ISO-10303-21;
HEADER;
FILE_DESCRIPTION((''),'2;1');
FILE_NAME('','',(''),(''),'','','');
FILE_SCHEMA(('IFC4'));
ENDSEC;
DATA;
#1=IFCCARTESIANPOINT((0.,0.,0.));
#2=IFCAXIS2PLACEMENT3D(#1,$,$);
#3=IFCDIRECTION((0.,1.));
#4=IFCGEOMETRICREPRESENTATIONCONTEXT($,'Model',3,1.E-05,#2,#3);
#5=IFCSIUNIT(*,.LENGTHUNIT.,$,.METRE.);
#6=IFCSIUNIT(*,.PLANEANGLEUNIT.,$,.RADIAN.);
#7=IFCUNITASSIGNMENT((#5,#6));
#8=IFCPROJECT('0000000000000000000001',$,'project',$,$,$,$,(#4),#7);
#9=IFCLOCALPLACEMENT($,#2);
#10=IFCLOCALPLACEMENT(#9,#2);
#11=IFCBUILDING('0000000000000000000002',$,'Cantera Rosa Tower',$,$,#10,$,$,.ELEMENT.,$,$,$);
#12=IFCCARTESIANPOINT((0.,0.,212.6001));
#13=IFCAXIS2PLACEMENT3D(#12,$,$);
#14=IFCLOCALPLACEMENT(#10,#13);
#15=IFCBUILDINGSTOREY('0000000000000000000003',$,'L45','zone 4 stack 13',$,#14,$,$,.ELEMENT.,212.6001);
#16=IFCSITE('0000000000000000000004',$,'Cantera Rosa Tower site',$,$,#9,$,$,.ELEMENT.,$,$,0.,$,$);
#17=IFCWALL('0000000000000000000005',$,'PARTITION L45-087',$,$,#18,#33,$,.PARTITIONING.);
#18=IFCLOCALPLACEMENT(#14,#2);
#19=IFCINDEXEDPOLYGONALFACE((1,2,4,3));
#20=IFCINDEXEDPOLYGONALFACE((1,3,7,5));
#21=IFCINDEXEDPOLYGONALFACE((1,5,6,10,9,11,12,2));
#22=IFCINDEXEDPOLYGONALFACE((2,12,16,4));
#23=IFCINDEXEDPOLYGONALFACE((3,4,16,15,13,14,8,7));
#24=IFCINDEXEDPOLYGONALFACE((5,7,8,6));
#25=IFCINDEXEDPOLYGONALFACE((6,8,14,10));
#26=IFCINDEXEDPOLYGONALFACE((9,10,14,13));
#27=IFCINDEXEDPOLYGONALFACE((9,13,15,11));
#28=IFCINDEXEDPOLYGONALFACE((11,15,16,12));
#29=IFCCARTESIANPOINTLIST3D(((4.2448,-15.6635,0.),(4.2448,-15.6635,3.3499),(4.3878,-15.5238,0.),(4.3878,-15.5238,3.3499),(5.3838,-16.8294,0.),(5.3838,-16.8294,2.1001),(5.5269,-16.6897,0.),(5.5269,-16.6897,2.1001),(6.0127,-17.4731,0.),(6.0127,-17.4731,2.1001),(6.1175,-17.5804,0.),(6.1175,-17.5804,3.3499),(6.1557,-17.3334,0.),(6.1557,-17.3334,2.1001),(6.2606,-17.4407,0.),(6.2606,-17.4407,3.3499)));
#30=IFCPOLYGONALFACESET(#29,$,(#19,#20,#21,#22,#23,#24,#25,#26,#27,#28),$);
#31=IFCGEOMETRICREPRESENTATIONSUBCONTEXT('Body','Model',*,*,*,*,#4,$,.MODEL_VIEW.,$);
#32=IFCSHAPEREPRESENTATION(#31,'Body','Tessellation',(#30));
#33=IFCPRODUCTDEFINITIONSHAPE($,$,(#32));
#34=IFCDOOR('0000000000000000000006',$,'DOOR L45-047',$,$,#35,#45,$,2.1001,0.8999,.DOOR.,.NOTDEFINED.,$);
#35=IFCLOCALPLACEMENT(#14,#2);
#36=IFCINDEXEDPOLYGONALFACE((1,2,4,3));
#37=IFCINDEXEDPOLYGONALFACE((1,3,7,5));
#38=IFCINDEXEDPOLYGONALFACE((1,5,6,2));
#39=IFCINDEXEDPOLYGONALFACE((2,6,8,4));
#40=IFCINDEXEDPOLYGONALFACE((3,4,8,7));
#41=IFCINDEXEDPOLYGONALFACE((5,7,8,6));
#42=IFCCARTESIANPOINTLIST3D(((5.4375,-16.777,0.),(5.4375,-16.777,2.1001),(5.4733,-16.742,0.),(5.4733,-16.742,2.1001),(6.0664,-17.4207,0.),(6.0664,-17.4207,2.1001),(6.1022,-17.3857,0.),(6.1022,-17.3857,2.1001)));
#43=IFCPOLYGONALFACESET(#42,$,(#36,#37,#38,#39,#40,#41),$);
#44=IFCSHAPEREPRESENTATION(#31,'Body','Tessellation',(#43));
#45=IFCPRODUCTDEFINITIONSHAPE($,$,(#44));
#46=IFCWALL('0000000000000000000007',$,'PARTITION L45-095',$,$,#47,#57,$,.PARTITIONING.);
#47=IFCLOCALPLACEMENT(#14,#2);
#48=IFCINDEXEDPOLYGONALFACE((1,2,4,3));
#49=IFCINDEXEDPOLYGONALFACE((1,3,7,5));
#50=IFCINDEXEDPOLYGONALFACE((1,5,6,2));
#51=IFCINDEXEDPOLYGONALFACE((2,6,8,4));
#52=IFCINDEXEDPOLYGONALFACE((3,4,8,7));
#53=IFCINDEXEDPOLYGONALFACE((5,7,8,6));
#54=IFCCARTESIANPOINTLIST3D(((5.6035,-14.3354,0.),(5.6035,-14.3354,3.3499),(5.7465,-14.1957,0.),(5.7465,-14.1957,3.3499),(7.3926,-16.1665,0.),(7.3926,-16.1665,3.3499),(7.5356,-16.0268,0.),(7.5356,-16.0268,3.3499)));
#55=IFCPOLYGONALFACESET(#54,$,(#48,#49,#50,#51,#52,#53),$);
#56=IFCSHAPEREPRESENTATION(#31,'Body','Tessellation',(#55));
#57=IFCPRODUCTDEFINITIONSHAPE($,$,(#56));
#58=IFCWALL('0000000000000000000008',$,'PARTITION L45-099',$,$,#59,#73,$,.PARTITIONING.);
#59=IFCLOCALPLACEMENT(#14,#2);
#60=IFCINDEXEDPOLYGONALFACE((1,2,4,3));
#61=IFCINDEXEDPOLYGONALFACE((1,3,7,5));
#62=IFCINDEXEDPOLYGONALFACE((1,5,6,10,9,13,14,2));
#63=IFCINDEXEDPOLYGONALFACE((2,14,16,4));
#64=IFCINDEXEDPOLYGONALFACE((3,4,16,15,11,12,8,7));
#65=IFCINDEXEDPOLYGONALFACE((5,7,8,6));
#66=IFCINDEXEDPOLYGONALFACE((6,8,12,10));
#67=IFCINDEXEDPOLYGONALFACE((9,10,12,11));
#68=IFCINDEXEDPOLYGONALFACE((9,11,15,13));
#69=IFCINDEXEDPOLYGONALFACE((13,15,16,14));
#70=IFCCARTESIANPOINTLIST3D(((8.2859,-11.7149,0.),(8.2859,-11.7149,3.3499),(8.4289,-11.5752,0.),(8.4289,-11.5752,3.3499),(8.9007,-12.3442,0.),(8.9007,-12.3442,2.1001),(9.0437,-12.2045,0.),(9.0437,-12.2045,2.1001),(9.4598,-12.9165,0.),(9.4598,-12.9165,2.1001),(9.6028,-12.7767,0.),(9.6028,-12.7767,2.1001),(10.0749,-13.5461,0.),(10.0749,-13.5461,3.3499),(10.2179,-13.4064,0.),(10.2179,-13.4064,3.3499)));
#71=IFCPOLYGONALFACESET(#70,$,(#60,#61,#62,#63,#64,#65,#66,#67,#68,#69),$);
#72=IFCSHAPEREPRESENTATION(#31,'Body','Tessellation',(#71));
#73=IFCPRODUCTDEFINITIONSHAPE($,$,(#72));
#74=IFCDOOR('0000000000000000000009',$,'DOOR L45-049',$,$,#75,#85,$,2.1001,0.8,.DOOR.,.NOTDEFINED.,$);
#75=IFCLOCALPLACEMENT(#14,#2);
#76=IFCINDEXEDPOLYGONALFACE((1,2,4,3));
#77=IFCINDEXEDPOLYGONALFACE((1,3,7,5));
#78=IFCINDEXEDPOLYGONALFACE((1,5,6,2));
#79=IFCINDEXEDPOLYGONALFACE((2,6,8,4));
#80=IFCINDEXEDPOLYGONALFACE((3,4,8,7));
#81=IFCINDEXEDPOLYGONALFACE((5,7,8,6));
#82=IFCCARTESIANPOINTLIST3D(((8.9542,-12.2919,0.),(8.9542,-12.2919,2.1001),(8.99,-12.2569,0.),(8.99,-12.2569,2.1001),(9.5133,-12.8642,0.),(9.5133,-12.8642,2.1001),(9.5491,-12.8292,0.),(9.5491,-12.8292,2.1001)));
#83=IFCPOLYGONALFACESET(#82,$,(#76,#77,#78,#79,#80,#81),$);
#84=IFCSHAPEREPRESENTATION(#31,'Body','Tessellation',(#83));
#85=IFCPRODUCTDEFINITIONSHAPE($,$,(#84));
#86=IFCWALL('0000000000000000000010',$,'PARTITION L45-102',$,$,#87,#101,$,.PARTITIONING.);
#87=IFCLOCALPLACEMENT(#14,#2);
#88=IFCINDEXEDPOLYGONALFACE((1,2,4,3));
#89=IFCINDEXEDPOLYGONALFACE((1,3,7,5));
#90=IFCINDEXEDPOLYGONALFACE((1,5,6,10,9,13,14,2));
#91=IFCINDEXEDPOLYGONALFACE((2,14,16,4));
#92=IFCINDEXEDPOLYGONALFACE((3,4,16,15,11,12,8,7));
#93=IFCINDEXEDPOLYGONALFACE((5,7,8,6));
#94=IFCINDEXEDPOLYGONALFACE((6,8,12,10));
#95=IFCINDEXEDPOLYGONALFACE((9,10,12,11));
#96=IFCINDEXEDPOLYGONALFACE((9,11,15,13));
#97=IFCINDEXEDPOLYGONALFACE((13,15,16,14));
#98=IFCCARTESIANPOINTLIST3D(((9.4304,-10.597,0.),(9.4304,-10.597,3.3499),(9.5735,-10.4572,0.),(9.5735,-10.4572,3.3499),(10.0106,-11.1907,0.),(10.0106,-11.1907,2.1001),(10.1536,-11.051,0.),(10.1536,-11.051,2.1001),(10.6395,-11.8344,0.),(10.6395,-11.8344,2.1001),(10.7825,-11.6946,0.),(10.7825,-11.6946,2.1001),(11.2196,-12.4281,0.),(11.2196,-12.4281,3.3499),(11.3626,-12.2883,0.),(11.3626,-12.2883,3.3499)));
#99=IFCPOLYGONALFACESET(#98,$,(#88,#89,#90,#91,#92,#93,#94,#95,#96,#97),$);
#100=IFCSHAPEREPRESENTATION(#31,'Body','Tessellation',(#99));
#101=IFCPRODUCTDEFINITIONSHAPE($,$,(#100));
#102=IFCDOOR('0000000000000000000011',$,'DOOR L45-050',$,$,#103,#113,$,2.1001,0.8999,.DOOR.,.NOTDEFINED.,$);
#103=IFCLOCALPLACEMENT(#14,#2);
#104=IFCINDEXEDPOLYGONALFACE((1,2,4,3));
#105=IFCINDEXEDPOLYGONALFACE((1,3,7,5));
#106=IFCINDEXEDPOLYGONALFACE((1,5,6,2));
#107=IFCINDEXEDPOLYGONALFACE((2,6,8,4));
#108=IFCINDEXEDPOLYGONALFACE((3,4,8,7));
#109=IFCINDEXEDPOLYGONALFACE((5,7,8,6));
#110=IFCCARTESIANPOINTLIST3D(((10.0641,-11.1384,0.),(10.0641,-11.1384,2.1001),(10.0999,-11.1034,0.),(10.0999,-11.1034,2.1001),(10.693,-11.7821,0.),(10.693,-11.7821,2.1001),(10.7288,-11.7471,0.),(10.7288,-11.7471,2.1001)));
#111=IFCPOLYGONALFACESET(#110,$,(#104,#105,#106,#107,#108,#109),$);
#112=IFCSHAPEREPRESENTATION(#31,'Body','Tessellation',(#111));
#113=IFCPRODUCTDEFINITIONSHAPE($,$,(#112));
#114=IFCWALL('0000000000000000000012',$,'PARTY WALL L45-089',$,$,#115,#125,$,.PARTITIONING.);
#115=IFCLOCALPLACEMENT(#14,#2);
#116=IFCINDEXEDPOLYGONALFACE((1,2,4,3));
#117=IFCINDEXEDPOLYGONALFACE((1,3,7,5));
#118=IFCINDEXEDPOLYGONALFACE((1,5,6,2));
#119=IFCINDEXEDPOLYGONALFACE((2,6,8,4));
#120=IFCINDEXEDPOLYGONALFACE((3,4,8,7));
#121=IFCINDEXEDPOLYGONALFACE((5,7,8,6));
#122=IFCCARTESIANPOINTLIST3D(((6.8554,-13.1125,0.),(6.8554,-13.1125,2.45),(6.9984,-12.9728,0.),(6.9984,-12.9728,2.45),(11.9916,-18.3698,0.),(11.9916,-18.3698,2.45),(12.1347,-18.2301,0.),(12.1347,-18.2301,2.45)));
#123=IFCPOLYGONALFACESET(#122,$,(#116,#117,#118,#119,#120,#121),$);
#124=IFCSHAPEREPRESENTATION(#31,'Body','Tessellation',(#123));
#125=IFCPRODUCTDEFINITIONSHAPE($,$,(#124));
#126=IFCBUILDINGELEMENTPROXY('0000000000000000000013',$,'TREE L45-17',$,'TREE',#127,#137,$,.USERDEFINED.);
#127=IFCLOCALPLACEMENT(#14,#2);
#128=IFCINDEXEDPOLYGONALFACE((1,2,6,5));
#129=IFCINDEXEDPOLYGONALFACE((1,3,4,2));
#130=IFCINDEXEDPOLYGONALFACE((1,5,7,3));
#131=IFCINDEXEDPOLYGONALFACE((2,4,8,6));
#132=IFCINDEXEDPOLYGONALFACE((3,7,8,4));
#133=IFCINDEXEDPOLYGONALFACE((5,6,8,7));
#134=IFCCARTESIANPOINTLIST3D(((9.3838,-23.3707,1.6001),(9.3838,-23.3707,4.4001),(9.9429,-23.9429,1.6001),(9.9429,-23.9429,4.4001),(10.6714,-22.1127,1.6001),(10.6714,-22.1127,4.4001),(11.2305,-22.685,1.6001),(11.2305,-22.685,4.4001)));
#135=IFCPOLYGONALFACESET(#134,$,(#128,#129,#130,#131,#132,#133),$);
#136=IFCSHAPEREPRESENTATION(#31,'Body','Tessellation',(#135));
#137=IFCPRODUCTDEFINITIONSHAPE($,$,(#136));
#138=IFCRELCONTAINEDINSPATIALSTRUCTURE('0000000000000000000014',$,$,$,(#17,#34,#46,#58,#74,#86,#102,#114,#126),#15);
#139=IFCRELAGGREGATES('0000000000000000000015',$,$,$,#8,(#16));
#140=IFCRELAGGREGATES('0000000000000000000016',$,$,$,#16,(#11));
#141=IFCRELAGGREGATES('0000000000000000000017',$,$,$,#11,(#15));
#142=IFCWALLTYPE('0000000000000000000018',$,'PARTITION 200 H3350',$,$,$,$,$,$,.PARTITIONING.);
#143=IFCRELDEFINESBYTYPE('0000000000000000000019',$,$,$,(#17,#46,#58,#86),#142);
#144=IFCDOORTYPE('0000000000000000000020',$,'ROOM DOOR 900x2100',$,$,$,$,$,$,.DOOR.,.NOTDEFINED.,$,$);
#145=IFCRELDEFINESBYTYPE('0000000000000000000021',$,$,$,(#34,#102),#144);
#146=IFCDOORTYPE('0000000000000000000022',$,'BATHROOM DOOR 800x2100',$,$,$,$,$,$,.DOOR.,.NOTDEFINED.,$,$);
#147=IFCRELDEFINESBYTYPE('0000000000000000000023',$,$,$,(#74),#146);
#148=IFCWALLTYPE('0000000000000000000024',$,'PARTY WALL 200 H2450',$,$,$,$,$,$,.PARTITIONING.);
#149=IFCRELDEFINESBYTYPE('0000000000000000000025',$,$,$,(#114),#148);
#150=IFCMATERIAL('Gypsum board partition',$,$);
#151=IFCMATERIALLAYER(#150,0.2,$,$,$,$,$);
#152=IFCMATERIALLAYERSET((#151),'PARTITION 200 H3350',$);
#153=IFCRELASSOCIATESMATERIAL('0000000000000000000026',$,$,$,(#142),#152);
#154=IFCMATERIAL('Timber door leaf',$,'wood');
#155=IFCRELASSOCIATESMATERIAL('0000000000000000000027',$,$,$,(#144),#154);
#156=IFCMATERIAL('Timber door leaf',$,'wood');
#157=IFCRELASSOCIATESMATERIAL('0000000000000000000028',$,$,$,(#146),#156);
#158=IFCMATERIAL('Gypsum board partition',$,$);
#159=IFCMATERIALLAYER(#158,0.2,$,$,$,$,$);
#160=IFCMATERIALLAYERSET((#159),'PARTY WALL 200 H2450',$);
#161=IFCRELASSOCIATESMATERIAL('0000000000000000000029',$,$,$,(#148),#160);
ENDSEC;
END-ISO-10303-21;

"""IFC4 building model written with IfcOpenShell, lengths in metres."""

from ifc_helpers import new_model, si_unit, direction, frame, frame_2d, origin, origin_2d, place, context, subcontext, project, spatial, rectangle, extrude, material, layer, layer_set, type_object, element, fill, save


model = new_model("IFC4")

# Units and contexts
model_context = context("Model", 3, precision=1e-05, world=origin(), true_north=direction((0.0, 1.0)))
body_context = subcontext(model_context, "Body", "Model", "MODEL_VIEW")
ifc_project = project(units=[si_unit("LENGTHUNIT", "METRE"), si_unit("PLANEANGLEUNIT", "RADIAN")], contexts=[model_context])

# Site, building, storey
site_placement = place(None, origin())
site = spatial("IfcSite", under=ifc_project, at=site_placement, Name="Cantera Rosa Tower site", CompositionType="ELEMENT", RefElevation=0.0)
building_placement = place(site_placement, origin())
building = spatial("IfcBuilding", under=site, at=building_placement, Name="Cantera Rosa Tower", CompositionType="ELEMENT")
storey_placement = place(building_placement, frame((0.0, 0.0, 212.6001)))
storey = spatial("IfcBuildingStorey", under=building, at=storey_placement, Name="L45", Description="zone 4 stack 13", CompositionType="ELEMENT", Elevation=212.6001)

# Wall, opening, door
ifc_material_1 = material(Name="Gypsum board partition")
ifc_layer_1 = layer(ifc_material_1, 0.2)
ifc_layer_set_1 = layer_set([ifc_layer_1], Name="PARTITION 200 H3350")
wall_type_1 = type_object("IfcWallType", Name="PARTITION 200 H3350", PredefinedType="PARTITIONING", material=ifc_layer_set_1)
wall_1_placement = place(storey_placement, frame((6.189, -17.5105, 0.0), z_axis=(0.0, 0.0, 1.0), x_axis=(-0.698814, 0.715303, 0.0)))
wall_1 = element("IfcWall", 1, at=wall_1_placement, inside=storey, type_object=wall_type_1, Name="PARTITION L45-087", PredefinedType="PARTITIONING", context=body_context, shape_type="SweptSolid", body=[
    extrude(rectangle(XDim=2.6799, YDim=0.2, at=frame_2d((1.3398, 0.0))), origin(), (0.0, 0.0, 1.0), 3.3499),
])
opening_1_placement = place(wall_1_placement, frame((0.1499, 0.0, 0.0)))
opening_1 = element("IfcOpeningElement", 2, at=opening_1_placement, cuts=wall_1, PredefinedType="OPENING", context=body_context, shape_type="SweptSolid", body=[
    extrude(rectangle(XDim=0.8999, YDim=2.1001, at=frame_2d((0.45, 1.05))), frame((0.0, 0.1099, 0.0), z_axis=(0.0, -1.0, 0.0), x_axis=(1.0, 0.0, 0.0)), (0.0, 0.0, 1.0), 0.22),
])
ifc_material_2 = material(Name="Timber door leaf", Category="wood")
door_type_1 = type_object("IfcDoorType", Name="ROOM DOOR 900x2100", OperationType="NOTDEFINED", PredefinedType="DOOR", material=ifc_material_2)
door_1_placement = place(opening_1_placement, origin())
door_1 = element("IfcDoor", 3, at=door_1_placement, inside=storey, type_object=door_type_1, Name="DOOR L45-047", OperationType="NOTDEFINED", OverallHeight=2.1001, OverallWidth=0.8999, PredefinedType="DOOR", context=body_context, shape_type="SweptSolid", body=[
    extrude(rectangle(XDim=0.8999, YDim=2.1001, at=frame_2d((0.45, 1.05))), frame((0.0, 0.0249, 0.0), z_axis=(0.0, -1.0, 0.0), x_axis=(1.0, 0.0, 0.0)), (0.0, 0.0, 1.0), 0.05),
])
fill(opening_1, door_1)

# Wall
wall_2_placement = place(storey_placement, frame((7.4641, -16.0967, 0.0), z_axis=(0.0, 0.0, 1.0), x_axis=(-0.698858, 0.715261, 0.0)))
element("IfcWall", 4, at=wall_2_placement, inside=storey, type_object=wall_type_1, Name="PARTITION L45-095", PredefinedType="PARTITIONING", context=body_context, shape_type="SweptSolid", body=[
    extrude(rectangle(XDim=2.5601, YDim=0.2, at=frame_2d((1.28, 0.0))), origin(), (0.0, 0.0, 1.0), 3.3499),
])

# Walls, openings, doors
wall_3_placement = place(storey_placement, frame((8.3574, -11.645, 0.0), z_axis=(0.0, 0.0, 1.0), x_axis=(0.69881, -0.715307, 0.0)))
wall_3 = element("IfcWall", 5, at=wall_3_placement, inside=storey, type_object=wall_type_1, Name="PARTITION L45-099", PredefinedType="PARTITIONING", context=body_context, shape_type="SweptSolid", body=[
    extrude(rectangle(XDim=2.5601, YDim=0.2, at=frame_2d((1.28, 0.0))), origin(), (0.0, 0.0, 1.0), 3.3499),
])
opening_2_placement = place(wall_3_placement, frame((0.8799, 0.0, 0.0)))
opening_2 = element("IfcOpeningElement", 6, at=opening_2_placement, cuts=wall_3, PredefinedType="OPENING", context=body_context, shape_type="SweptSolid", body=[
    extrude(rectangle(XDim=0.8, YDim=2.1001, at=frame_2d((0.3999, 1.05))), frame((0.0, 0.1099, 0.0), z_axis=(0.0, -1.0, 0.0), x_axis=(1.0, 0.0, 0.0)), (0.0, 0.0, 1.0), 0.22),
])
ifc_material_3 = material(Name="Timber door leaf", Category="wood")
door_type_2 = type_object("IfcDoorType", Name="BATHROOM DOOR 800x2100", OperationType="NOTDEFINED", PredefinedType="DOOR", material=ifc_material_3)
door_2_placement = place(opening_2_placement, origin())
door_2 = element("IfcDoor", 7, at=door_2_placement, inside=storey, type_object=door_type_2, Name="DOOR L45-049", OperationType="NOTDEFINED", OverallHeight=2.1001, OverallWidth=0.8, PredefinedType="DOOR", context=body_context, shape_type="SweptSolid", body=[
    extrude(rectangle(XDim=0.8, YDim=2.1001, at=frame_2d((0.3999, 1.05))), frame((0.0, 0.0249, 0.0), z_axis=(0.0, -1.0, 0.0), x_axis=(1.0, 0.0, 0.0)), (0.0, 0.0, 1.0), 0.05),
])
fill(opening_2, door_2)
wall_4_placement = place(storey_placement, frame((9.502, -10.5271, 0.0), z_axis=(0.0, 0.0, 1.0), x_axis=(0.698858, -0.715261, 0.0)))
wall_4 = element("IfcWall", 8, at=wall_4_placement, inside=storey, type_object=wall_type_1, Name="PARTITION L45-102", PredefinedType="PARTITIONING", context=body_context, shape_type="SweptSolid", body=[
    extrude(rectangle(XDim=2.5601, YDim=0.2, at=frame_2d((1.28, 0.0))), origin(), (0.0, 0.0, 1.0), 3.3499),
])
opening_3_placement = place(wall_4_placement, frame((0.8301, 0.0, 0.0)))
opening_3 = element("IfcOpeningElement", 9, at=opening_3_placement, cuts=wall_4, PredefinedType="OPENING", context=body_context, shape_type="SweptSolid", body=[
    extrude(rectangle(XDim=0.8999, YDim=2.1001, at=frame_2d((0.45, 1.05))), frame((0.0, 0.1099, 0.0), z_axis=(0.0, -1.0, 0.0), x_axis=(1.0, 0.0, 0.0)), (0.0, 0.0, 1.0), 0.22),
])
door_3_placement = place(opening_3_placement, origin())
door_3 = element("IfcDoor", 10, at=door_3_placement, inside=storey, type_object=door_type_1, Name="DOOR L45-050", OperationType="NOTDEFINED", OverallHeight=2.1001, OverallWidth=0.8999, PredefinedType="DOOR", context=body_context, shape_type="SweptSolid", body=[
    extrude(rectangle(XDim=0.8999, YDim=2.1001, at=frame_2d((0.45, 1.05))), frame((0.0, 0.0249, 0.0), z_axis=(0.0, -1.0, 0.0), x_axis=(1.0, 0.0, 0.0)), (0.0, 0.0, 1.0), 0.05),
])
fill(opening_3, door_3)

# Wall
ifc_material_4 = material(Name="Gypsum board partition")
ifc_layer_2 = layer(ifc_material_4, 0.2)
ifc_layer_set_2 = layer_set([ifc_layer_2], Name="PARTY WALL 200 H2450")
wall_type_2 = type_object("IfcWallType", Name="PARTY WALL 200 H2450", PredefinedType="PARTITIONING", material=ifc_layer_set_2)
wall_5_placement = place(storey_placement, frame((6.927, -13.0427, 0.0), z_axis=(0.0, 0.0, 1.0), x_axis=(0.698821, -0.715297, 0.0)))
element("IfcWall", 11, at=wall_5_placement, inside=storey, type_object=wall_type_2, Name="PARTY WALL L45-089", PredefinedType="PARTITIONING", context=body_context, shape_type="SweptSolid", body=[
    extrude(rectangle(XDim=7.3499, YDim=0.2, at=frame_2d((3.6748, 0.0))), origin(), (0.0, 0.0, 1.0), 2.45),
])

# Building element proxy
proxy_placement = place(storey_placement, frame((10.3071, -23.0278, 1.6001), z_axis=(0.0, 0.0, 1.0), x_axis=(0.715286, 0.698832, 0.0)))
element("IfcBuildingElementProxy", 12, at=proxy_placement, inside=storey, Name="TREE L45-17", ObjectType="TREE", PredefinedType="USERDEFINED", context=body_context, shape_type="SweptSolid", body=[
    extrude(rectangle(XDim=1.8, YDim=0.8, at=origin_2d()), origin(), (0.0, 0.0, 1.0), 2.8),
])

save(model, "model.ifc")
